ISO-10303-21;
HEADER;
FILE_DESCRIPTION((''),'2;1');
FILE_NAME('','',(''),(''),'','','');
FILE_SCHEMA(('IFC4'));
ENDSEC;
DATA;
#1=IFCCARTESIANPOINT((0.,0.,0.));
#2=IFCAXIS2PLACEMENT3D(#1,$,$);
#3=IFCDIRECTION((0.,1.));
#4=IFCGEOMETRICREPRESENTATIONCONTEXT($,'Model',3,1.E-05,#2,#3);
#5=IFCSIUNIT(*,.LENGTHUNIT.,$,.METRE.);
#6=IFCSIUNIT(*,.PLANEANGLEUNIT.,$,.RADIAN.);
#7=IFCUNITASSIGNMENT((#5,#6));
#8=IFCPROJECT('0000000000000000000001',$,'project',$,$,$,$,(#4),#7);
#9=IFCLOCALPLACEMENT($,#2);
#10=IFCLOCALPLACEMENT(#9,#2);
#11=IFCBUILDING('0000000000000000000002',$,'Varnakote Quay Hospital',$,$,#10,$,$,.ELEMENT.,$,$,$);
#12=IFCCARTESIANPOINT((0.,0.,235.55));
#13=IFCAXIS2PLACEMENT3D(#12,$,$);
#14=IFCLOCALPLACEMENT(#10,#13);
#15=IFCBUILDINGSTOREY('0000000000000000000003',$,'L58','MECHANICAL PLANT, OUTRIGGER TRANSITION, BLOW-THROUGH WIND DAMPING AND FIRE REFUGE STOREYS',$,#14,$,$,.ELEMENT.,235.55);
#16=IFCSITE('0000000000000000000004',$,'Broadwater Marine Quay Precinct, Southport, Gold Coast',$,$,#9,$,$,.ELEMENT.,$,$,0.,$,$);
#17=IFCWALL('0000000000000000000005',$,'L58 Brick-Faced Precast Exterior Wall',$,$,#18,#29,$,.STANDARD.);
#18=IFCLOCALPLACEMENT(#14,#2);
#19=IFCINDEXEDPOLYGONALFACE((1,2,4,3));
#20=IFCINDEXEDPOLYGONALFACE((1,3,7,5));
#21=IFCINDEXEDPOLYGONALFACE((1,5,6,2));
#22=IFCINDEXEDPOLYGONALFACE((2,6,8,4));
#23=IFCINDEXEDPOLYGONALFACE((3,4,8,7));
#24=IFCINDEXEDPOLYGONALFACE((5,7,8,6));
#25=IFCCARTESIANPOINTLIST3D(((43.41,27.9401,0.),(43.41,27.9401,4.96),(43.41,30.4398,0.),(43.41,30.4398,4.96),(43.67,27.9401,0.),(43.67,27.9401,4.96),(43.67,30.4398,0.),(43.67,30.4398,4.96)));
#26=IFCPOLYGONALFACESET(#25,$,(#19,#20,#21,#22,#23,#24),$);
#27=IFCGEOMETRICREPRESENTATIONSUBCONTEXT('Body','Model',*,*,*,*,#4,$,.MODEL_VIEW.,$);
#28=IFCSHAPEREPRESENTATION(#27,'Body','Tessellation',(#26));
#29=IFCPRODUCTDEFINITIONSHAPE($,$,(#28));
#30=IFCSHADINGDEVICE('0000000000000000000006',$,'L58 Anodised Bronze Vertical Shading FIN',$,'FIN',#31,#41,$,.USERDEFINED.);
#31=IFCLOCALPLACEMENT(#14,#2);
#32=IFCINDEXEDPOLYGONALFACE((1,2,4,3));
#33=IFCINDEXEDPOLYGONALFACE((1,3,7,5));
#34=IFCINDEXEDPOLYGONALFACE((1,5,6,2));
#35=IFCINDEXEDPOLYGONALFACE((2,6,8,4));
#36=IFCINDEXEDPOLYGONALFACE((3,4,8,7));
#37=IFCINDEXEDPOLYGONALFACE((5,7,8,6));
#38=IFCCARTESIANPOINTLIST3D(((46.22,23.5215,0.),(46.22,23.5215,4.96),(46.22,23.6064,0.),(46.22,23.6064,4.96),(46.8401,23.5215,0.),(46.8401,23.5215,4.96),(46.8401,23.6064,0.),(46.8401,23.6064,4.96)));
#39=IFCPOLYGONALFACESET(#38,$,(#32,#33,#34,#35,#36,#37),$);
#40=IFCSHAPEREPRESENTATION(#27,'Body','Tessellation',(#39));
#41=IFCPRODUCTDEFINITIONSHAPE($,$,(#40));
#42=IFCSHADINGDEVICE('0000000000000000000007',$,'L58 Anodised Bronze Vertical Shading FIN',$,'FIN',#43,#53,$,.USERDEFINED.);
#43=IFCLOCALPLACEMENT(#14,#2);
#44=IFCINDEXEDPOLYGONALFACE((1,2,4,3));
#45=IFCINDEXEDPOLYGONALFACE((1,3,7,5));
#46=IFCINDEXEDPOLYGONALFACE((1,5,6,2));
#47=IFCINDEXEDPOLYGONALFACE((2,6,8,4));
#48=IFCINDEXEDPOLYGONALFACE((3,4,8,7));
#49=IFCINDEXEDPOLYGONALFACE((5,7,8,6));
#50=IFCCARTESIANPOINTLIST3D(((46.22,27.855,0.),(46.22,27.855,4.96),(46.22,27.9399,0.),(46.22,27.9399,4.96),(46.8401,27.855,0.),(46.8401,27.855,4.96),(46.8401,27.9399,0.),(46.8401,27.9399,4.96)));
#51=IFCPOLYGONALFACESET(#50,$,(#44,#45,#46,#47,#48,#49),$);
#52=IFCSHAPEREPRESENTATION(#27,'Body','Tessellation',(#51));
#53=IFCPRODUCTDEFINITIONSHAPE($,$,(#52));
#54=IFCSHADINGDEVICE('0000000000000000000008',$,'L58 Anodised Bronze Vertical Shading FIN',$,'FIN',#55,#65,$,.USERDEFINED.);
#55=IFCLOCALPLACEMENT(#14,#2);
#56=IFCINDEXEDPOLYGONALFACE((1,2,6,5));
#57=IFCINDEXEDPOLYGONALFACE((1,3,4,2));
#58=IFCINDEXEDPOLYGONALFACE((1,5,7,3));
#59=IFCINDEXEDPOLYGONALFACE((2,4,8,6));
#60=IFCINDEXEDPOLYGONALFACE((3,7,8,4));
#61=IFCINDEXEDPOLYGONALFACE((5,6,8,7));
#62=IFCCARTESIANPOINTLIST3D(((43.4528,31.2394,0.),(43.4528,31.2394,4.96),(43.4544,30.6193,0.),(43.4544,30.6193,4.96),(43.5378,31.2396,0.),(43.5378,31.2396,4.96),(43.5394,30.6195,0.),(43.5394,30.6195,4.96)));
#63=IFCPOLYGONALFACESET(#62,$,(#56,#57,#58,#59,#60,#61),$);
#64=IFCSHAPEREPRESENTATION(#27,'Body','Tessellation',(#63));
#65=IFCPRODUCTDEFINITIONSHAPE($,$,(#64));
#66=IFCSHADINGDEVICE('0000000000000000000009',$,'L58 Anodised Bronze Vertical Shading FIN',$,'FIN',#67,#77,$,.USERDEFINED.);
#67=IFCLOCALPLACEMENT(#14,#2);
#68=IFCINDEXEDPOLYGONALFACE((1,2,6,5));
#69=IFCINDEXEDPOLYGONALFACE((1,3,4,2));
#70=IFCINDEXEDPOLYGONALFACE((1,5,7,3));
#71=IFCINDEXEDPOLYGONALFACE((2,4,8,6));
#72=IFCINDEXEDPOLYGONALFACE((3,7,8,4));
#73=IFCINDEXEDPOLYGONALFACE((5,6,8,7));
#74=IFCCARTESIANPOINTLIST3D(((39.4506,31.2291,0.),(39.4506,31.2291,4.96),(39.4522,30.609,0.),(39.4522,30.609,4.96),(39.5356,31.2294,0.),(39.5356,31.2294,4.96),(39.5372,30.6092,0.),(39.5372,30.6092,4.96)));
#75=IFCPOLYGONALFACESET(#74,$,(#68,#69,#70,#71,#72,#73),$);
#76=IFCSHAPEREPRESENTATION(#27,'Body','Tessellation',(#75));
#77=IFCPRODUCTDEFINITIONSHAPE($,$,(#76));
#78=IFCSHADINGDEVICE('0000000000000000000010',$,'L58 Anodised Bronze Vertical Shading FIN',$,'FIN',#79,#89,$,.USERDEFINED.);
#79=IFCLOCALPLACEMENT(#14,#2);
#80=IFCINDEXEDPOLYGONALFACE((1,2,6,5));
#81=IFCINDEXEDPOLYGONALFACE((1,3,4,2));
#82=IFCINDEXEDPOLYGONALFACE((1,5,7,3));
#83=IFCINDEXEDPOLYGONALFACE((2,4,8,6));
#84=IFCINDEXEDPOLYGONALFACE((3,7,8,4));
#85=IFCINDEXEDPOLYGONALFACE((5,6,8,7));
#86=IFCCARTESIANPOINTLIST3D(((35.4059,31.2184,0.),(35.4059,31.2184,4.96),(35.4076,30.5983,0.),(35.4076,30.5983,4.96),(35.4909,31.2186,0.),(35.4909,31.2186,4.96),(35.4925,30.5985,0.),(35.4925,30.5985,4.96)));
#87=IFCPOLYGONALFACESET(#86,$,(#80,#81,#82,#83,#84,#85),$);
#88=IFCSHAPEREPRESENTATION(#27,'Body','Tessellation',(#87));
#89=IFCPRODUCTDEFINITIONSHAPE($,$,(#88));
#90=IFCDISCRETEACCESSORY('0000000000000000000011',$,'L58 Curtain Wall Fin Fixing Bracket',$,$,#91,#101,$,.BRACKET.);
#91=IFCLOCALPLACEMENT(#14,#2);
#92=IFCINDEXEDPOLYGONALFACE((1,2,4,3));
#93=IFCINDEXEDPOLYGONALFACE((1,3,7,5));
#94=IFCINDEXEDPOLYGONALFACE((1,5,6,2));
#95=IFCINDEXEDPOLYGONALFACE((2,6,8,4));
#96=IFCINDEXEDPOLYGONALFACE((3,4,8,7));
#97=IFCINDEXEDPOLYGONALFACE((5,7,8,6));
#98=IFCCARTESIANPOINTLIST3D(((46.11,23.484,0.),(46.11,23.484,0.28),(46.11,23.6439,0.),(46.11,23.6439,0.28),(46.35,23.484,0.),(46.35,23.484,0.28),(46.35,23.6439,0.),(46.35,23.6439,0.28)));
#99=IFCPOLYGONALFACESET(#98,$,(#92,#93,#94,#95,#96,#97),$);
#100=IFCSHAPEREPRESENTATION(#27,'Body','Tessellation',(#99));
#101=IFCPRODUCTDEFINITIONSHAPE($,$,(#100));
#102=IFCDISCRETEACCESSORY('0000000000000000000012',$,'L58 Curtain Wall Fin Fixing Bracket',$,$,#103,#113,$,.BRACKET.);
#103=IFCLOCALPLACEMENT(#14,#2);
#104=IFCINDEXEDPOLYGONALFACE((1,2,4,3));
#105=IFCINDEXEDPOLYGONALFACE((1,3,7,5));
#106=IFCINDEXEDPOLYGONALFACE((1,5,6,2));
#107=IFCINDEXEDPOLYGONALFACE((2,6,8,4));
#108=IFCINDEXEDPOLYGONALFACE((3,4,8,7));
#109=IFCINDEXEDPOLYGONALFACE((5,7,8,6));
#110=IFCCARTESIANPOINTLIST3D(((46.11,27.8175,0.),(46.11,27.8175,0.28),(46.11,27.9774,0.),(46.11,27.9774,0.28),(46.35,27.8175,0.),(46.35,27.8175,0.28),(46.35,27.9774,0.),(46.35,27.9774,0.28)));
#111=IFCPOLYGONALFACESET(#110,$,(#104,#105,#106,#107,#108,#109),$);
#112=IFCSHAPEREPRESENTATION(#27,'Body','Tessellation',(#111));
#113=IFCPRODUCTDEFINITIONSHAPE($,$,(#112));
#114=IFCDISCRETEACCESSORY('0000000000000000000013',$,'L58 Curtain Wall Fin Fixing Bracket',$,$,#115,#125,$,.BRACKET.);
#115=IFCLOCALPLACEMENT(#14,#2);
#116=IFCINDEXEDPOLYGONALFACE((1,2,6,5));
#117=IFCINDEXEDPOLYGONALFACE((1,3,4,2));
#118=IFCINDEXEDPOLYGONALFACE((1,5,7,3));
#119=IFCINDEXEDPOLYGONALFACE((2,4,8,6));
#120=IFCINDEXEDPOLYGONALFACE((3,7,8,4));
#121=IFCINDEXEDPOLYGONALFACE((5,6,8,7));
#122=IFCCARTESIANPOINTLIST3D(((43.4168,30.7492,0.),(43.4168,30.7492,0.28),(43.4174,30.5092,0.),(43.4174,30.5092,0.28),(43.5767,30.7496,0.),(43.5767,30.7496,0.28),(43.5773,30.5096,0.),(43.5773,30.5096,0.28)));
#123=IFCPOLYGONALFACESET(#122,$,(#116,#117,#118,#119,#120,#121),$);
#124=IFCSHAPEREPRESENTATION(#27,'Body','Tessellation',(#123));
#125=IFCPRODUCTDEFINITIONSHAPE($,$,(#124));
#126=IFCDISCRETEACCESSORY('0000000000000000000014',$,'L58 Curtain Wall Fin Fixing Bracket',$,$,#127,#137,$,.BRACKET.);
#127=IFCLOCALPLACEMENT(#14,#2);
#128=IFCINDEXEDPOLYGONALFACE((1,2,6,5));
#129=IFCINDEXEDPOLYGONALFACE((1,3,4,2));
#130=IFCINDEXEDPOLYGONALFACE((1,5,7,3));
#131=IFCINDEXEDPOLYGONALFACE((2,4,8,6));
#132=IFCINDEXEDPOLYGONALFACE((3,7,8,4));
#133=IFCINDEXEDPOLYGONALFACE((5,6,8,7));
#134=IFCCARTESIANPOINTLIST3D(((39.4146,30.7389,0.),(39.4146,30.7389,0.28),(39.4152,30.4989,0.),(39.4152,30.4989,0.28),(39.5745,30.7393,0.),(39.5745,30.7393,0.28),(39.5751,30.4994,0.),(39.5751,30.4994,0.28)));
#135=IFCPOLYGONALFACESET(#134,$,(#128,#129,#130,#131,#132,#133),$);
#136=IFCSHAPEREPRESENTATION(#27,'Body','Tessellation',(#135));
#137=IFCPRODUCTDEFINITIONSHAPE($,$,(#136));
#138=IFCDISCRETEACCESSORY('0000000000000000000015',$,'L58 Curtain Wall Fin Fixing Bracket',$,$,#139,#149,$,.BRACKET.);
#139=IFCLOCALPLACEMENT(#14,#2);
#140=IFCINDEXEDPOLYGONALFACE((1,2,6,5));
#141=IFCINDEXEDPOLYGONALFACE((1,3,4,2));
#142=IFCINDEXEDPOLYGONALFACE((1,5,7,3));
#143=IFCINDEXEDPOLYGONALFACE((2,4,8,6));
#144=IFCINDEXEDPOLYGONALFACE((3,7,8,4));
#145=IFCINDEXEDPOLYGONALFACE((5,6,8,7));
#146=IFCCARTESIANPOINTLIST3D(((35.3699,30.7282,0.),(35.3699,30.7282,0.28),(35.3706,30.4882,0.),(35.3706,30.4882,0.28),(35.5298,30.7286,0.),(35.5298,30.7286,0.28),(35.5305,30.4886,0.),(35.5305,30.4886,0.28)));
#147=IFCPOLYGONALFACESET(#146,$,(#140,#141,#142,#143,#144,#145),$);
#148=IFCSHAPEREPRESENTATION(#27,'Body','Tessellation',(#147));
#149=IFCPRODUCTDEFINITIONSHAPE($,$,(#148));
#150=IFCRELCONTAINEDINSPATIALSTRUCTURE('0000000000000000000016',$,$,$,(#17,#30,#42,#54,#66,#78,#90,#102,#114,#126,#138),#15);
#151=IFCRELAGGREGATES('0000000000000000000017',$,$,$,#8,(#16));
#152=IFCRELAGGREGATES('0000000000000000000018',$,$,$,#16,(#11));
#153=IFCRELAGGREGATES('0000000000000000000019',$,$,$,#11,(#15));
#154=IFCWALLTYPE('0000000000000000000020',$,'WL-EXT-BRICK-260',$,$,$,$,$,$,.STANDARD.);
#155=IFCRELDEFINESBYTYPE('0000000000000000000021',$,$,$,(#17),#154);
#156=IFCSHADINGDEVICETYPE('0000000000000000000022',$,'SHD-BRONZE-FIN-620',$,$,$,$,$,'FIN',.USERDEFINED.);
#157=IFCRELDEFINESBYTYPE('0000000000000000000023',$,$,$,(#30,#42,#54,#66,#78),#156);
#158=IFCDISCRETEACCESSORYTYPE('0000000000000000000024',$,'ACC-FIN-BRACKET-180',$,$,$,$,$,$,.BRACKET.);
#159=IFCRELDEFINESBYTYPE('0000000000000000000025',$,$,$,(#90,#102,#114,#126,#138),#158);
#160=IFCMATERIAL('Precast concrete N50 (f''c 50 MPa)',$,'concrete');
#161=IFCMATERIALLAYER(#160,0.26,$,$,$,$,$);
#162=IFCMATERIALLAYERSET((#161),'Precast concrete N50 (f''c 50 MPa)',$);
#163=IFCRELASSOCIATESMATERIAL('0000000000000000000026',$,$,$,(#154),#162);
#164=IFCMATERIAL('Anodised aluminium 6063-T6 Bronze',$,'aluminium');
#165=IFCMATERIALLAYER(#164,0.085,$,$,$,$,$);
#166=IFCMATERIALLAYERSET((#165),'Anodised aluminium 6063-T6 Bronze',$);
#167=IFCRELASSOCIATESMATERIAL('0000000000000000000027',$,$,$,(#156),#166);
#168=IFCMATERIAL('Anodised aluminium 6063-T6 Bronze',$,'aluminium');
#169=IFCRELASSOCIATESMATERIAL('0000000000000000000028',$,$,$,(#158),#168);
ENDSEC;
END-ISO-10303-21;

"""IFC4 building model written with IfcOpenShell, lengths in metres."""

from ifc_helpers import new_model, si_unit, direction, frame, frame_2d, origin, origin_2d, place, context, subcontext, project, spatial, rectangle, extrude, material, layer, layer_set, type_object, element, save


model = new_model("IFC4")

# Units and contexts
model_context = context("Model", 3, precision=1e-05, world=origin(), true_north=direction((0.0, 1.0)))
body_context = subcontext(model_context, "Body", "Model", "MODEL_VIEW")
ifc_project = project(units=[si_unit("LENGTHUNIT", "METRE"), si_unit("PLANEANGLEUNIT", "RADIAN")], contexts=[model_context])

# Site, building, storey
site_placement = place(None, origin())
site = spatial("IfcSite", under=ifc_project, at=site_placement, Name="Broadwater Marine Quay Precinct, Southport, Gold Coast", CompositionType="ELEMENT", RefElevation=0.0)
building_placement = place(site_placement, origin())
building = spatial("IfcBuilding", under=site, at=building_placement, Name="Varnakote Quay Hospital", CompositionType="ELEMENT")
storey_placement = place(building_placement, frame((0.0, 0.0, 235.55)))
storey = spatial("IfcBuildingStorey", under=building, at=storey_placement, Name="L58", Description="MECHANICAL PLANT, OUTRIGGER TRANSITION, BLOW-THROUGH WIND DAMPING AND FIRE REFUGE STOREYS", CompositionType="ELEMENT", Elevation=235.55)

# Wall
ifc_material_1 = material(Name="Precast concrete N50 (f'c 50 MPa)", Category="concrete")
ifc_layer_1 = layer(ifc_material_1, 0.26)
ifc_layer_set_1 = layer_set([ifc_layer_1], Name="Precast concrete N50 (f'c 50 MPa)")
wall_type = type_object("IfcWallType", Name="WL-EXT-BRICK-260", PredefinedType="STANDARD", material=ifc_layer_set_1)
wall_1_placement = place(storey_placement, frame((43.54, 27.9399, 0.0), z_axis=(0.0, 0.0, 1.0), x_axis=(0.0, 1.0, 0.0)))
element("IfcWall", 1, at=wall_1_placement, inside=storey, type_object=wall_type, Name="L58 Brick-Faced Precast Exterior Wall", PredefinedType="STANDARD", context=body_context, shape_type="SweptSolid", body=[
    extrude(rectangle(XDim=2.4998, YDim=0.26, at=frame_2d((1.25, 0.0))), origin(), (0.0, 0.0, 1.0), 4.96),
])

# Shading devices
ifc_material_2 = material(Name="Anodised aluminium 6063-T6 Bronze", Category="aluminium")
ifc_layer_2 = layer(ifc_material_2, 0.085)
ifc_layer_set_2 = layer_set([ifc_layer_2], Name="Anodised aluminium 6063-T6 Bronze")
shading_device_type = type_object("IfcShadingDeviceType", Name="SHD-BRONZE-FIN-620", ElementType="FIN", PredefinedType="USERDEFINED", material=ifc_layer_set_2)
for number, where, z_axis, x_axis, name in (
    (2, (46.53, 23.564, 0.0), (0.0, 0.0, 1.0), (-1.0, 0.0, 0.0), "L58 Anodised Bronze Vertical Shading FIN"),
    (3, (46.53, 27.8975, 0.0), (0.0, 0.0, 1.0), (-1.0, 0.0, 0.0), "L58 Anodised Bronze Vertical Shading FIN"),
    (4, (43.4961, 30.9294, 0.0), (0.0, 0.0, 1.0), (0.002618, -0.999997, 0.0), "L58 Anodised Bronze Vertical Shading FIN"),
    (5, (39.4939, 30.9192, 0.0), (0.0, 0.0, 1.0), (0.002618, -0.999997, 0.0), "L58 Anodised Bronze Vertical Shading FIN"),
    (6, (35.4492, 30.9084, 0.0), (0.0, 0.0, 1.0), (0.002618, -0.999997, 0.0), "L58 Anodised Bronze Vertical Shading FIN"),
):
    element("IfcShadingDevice", number, at=place(storey_placement, frame(where, z_axis=z_axis, x_axis=x_axis)), inside=storey, type_object=shading_device_type, Name=name, ObjectType="FIN", PredefinedType="USERDEFINED", context=body_context, shape_type="SweptSolid", body=[
        extrude(rectangle(XDim=0.6201, YDim=0.085, at=origin_2d()), origin(), (0.0, 0.0, 1.0), 4.96),
    ])

# Discrete accessories
ifc_material_3 = material(Name="Anodised aluminium 6063-T6 Bronze", Category="aluminium")
discrete_accessory_type = type_object("IfcDiscreteAccessoryType", Name="ACC-FIN-BRACKET-180", PredefinedType="BRACKET", material=ifc_material_3)
for number, where, z_axis, x_axis, name in (
    (7, (46.23, 23.564, 0.0), (0.0, 0.0, 1.0), (0.0, 1.0, 0.0), "L58 Curtain Wall Fin Fixing Bracket"),
    (8, (46.23, 27.8975, 0.0), (0.0, 0.0, 1.0), (0.0, 1.0, 0.0), "L58 Curtain Wall Fin Fixing Bracket"),
    (9, (43.4971, 30.6294, 0.0), (0.0, 0.0, 1.0), (-0.999997, -0.002618, 0.0), "L58 Curtain Wall Fin Fixing Bracket"),
    (10, (39.4949, 30.6191, 0.0), (0.0, 0.0, 1.0), (-0.999997, -0.002618, 0.0), "L58 Curtain Wall Fin Fixing Bracket"),
    (11, (35.4502, 30.6084, 0.0), (0.0, 0.0, 1.0), (-0.999997, -0.002618, 0.0), "L58 Curtain Wall Fin Fixing Bracket"),
):
    element("IfcDiscreteAccessory", number, at=place(storey_placement, frame(where, z_axis=z_axis, x_axis=x_axis)), inside=storey, type_object=discrete_accessory_type, Name=name, PredefinedType="BRACKET", context=body_context, shape_type="SweptSolid", body=[
        extrude(rectangle(XDim=0.1599, YDim=0.24, at=origin_2d()), origin(), (0.0, 0.0, 1.0), 0.28),
    ])

save(model, "model.ifc")
